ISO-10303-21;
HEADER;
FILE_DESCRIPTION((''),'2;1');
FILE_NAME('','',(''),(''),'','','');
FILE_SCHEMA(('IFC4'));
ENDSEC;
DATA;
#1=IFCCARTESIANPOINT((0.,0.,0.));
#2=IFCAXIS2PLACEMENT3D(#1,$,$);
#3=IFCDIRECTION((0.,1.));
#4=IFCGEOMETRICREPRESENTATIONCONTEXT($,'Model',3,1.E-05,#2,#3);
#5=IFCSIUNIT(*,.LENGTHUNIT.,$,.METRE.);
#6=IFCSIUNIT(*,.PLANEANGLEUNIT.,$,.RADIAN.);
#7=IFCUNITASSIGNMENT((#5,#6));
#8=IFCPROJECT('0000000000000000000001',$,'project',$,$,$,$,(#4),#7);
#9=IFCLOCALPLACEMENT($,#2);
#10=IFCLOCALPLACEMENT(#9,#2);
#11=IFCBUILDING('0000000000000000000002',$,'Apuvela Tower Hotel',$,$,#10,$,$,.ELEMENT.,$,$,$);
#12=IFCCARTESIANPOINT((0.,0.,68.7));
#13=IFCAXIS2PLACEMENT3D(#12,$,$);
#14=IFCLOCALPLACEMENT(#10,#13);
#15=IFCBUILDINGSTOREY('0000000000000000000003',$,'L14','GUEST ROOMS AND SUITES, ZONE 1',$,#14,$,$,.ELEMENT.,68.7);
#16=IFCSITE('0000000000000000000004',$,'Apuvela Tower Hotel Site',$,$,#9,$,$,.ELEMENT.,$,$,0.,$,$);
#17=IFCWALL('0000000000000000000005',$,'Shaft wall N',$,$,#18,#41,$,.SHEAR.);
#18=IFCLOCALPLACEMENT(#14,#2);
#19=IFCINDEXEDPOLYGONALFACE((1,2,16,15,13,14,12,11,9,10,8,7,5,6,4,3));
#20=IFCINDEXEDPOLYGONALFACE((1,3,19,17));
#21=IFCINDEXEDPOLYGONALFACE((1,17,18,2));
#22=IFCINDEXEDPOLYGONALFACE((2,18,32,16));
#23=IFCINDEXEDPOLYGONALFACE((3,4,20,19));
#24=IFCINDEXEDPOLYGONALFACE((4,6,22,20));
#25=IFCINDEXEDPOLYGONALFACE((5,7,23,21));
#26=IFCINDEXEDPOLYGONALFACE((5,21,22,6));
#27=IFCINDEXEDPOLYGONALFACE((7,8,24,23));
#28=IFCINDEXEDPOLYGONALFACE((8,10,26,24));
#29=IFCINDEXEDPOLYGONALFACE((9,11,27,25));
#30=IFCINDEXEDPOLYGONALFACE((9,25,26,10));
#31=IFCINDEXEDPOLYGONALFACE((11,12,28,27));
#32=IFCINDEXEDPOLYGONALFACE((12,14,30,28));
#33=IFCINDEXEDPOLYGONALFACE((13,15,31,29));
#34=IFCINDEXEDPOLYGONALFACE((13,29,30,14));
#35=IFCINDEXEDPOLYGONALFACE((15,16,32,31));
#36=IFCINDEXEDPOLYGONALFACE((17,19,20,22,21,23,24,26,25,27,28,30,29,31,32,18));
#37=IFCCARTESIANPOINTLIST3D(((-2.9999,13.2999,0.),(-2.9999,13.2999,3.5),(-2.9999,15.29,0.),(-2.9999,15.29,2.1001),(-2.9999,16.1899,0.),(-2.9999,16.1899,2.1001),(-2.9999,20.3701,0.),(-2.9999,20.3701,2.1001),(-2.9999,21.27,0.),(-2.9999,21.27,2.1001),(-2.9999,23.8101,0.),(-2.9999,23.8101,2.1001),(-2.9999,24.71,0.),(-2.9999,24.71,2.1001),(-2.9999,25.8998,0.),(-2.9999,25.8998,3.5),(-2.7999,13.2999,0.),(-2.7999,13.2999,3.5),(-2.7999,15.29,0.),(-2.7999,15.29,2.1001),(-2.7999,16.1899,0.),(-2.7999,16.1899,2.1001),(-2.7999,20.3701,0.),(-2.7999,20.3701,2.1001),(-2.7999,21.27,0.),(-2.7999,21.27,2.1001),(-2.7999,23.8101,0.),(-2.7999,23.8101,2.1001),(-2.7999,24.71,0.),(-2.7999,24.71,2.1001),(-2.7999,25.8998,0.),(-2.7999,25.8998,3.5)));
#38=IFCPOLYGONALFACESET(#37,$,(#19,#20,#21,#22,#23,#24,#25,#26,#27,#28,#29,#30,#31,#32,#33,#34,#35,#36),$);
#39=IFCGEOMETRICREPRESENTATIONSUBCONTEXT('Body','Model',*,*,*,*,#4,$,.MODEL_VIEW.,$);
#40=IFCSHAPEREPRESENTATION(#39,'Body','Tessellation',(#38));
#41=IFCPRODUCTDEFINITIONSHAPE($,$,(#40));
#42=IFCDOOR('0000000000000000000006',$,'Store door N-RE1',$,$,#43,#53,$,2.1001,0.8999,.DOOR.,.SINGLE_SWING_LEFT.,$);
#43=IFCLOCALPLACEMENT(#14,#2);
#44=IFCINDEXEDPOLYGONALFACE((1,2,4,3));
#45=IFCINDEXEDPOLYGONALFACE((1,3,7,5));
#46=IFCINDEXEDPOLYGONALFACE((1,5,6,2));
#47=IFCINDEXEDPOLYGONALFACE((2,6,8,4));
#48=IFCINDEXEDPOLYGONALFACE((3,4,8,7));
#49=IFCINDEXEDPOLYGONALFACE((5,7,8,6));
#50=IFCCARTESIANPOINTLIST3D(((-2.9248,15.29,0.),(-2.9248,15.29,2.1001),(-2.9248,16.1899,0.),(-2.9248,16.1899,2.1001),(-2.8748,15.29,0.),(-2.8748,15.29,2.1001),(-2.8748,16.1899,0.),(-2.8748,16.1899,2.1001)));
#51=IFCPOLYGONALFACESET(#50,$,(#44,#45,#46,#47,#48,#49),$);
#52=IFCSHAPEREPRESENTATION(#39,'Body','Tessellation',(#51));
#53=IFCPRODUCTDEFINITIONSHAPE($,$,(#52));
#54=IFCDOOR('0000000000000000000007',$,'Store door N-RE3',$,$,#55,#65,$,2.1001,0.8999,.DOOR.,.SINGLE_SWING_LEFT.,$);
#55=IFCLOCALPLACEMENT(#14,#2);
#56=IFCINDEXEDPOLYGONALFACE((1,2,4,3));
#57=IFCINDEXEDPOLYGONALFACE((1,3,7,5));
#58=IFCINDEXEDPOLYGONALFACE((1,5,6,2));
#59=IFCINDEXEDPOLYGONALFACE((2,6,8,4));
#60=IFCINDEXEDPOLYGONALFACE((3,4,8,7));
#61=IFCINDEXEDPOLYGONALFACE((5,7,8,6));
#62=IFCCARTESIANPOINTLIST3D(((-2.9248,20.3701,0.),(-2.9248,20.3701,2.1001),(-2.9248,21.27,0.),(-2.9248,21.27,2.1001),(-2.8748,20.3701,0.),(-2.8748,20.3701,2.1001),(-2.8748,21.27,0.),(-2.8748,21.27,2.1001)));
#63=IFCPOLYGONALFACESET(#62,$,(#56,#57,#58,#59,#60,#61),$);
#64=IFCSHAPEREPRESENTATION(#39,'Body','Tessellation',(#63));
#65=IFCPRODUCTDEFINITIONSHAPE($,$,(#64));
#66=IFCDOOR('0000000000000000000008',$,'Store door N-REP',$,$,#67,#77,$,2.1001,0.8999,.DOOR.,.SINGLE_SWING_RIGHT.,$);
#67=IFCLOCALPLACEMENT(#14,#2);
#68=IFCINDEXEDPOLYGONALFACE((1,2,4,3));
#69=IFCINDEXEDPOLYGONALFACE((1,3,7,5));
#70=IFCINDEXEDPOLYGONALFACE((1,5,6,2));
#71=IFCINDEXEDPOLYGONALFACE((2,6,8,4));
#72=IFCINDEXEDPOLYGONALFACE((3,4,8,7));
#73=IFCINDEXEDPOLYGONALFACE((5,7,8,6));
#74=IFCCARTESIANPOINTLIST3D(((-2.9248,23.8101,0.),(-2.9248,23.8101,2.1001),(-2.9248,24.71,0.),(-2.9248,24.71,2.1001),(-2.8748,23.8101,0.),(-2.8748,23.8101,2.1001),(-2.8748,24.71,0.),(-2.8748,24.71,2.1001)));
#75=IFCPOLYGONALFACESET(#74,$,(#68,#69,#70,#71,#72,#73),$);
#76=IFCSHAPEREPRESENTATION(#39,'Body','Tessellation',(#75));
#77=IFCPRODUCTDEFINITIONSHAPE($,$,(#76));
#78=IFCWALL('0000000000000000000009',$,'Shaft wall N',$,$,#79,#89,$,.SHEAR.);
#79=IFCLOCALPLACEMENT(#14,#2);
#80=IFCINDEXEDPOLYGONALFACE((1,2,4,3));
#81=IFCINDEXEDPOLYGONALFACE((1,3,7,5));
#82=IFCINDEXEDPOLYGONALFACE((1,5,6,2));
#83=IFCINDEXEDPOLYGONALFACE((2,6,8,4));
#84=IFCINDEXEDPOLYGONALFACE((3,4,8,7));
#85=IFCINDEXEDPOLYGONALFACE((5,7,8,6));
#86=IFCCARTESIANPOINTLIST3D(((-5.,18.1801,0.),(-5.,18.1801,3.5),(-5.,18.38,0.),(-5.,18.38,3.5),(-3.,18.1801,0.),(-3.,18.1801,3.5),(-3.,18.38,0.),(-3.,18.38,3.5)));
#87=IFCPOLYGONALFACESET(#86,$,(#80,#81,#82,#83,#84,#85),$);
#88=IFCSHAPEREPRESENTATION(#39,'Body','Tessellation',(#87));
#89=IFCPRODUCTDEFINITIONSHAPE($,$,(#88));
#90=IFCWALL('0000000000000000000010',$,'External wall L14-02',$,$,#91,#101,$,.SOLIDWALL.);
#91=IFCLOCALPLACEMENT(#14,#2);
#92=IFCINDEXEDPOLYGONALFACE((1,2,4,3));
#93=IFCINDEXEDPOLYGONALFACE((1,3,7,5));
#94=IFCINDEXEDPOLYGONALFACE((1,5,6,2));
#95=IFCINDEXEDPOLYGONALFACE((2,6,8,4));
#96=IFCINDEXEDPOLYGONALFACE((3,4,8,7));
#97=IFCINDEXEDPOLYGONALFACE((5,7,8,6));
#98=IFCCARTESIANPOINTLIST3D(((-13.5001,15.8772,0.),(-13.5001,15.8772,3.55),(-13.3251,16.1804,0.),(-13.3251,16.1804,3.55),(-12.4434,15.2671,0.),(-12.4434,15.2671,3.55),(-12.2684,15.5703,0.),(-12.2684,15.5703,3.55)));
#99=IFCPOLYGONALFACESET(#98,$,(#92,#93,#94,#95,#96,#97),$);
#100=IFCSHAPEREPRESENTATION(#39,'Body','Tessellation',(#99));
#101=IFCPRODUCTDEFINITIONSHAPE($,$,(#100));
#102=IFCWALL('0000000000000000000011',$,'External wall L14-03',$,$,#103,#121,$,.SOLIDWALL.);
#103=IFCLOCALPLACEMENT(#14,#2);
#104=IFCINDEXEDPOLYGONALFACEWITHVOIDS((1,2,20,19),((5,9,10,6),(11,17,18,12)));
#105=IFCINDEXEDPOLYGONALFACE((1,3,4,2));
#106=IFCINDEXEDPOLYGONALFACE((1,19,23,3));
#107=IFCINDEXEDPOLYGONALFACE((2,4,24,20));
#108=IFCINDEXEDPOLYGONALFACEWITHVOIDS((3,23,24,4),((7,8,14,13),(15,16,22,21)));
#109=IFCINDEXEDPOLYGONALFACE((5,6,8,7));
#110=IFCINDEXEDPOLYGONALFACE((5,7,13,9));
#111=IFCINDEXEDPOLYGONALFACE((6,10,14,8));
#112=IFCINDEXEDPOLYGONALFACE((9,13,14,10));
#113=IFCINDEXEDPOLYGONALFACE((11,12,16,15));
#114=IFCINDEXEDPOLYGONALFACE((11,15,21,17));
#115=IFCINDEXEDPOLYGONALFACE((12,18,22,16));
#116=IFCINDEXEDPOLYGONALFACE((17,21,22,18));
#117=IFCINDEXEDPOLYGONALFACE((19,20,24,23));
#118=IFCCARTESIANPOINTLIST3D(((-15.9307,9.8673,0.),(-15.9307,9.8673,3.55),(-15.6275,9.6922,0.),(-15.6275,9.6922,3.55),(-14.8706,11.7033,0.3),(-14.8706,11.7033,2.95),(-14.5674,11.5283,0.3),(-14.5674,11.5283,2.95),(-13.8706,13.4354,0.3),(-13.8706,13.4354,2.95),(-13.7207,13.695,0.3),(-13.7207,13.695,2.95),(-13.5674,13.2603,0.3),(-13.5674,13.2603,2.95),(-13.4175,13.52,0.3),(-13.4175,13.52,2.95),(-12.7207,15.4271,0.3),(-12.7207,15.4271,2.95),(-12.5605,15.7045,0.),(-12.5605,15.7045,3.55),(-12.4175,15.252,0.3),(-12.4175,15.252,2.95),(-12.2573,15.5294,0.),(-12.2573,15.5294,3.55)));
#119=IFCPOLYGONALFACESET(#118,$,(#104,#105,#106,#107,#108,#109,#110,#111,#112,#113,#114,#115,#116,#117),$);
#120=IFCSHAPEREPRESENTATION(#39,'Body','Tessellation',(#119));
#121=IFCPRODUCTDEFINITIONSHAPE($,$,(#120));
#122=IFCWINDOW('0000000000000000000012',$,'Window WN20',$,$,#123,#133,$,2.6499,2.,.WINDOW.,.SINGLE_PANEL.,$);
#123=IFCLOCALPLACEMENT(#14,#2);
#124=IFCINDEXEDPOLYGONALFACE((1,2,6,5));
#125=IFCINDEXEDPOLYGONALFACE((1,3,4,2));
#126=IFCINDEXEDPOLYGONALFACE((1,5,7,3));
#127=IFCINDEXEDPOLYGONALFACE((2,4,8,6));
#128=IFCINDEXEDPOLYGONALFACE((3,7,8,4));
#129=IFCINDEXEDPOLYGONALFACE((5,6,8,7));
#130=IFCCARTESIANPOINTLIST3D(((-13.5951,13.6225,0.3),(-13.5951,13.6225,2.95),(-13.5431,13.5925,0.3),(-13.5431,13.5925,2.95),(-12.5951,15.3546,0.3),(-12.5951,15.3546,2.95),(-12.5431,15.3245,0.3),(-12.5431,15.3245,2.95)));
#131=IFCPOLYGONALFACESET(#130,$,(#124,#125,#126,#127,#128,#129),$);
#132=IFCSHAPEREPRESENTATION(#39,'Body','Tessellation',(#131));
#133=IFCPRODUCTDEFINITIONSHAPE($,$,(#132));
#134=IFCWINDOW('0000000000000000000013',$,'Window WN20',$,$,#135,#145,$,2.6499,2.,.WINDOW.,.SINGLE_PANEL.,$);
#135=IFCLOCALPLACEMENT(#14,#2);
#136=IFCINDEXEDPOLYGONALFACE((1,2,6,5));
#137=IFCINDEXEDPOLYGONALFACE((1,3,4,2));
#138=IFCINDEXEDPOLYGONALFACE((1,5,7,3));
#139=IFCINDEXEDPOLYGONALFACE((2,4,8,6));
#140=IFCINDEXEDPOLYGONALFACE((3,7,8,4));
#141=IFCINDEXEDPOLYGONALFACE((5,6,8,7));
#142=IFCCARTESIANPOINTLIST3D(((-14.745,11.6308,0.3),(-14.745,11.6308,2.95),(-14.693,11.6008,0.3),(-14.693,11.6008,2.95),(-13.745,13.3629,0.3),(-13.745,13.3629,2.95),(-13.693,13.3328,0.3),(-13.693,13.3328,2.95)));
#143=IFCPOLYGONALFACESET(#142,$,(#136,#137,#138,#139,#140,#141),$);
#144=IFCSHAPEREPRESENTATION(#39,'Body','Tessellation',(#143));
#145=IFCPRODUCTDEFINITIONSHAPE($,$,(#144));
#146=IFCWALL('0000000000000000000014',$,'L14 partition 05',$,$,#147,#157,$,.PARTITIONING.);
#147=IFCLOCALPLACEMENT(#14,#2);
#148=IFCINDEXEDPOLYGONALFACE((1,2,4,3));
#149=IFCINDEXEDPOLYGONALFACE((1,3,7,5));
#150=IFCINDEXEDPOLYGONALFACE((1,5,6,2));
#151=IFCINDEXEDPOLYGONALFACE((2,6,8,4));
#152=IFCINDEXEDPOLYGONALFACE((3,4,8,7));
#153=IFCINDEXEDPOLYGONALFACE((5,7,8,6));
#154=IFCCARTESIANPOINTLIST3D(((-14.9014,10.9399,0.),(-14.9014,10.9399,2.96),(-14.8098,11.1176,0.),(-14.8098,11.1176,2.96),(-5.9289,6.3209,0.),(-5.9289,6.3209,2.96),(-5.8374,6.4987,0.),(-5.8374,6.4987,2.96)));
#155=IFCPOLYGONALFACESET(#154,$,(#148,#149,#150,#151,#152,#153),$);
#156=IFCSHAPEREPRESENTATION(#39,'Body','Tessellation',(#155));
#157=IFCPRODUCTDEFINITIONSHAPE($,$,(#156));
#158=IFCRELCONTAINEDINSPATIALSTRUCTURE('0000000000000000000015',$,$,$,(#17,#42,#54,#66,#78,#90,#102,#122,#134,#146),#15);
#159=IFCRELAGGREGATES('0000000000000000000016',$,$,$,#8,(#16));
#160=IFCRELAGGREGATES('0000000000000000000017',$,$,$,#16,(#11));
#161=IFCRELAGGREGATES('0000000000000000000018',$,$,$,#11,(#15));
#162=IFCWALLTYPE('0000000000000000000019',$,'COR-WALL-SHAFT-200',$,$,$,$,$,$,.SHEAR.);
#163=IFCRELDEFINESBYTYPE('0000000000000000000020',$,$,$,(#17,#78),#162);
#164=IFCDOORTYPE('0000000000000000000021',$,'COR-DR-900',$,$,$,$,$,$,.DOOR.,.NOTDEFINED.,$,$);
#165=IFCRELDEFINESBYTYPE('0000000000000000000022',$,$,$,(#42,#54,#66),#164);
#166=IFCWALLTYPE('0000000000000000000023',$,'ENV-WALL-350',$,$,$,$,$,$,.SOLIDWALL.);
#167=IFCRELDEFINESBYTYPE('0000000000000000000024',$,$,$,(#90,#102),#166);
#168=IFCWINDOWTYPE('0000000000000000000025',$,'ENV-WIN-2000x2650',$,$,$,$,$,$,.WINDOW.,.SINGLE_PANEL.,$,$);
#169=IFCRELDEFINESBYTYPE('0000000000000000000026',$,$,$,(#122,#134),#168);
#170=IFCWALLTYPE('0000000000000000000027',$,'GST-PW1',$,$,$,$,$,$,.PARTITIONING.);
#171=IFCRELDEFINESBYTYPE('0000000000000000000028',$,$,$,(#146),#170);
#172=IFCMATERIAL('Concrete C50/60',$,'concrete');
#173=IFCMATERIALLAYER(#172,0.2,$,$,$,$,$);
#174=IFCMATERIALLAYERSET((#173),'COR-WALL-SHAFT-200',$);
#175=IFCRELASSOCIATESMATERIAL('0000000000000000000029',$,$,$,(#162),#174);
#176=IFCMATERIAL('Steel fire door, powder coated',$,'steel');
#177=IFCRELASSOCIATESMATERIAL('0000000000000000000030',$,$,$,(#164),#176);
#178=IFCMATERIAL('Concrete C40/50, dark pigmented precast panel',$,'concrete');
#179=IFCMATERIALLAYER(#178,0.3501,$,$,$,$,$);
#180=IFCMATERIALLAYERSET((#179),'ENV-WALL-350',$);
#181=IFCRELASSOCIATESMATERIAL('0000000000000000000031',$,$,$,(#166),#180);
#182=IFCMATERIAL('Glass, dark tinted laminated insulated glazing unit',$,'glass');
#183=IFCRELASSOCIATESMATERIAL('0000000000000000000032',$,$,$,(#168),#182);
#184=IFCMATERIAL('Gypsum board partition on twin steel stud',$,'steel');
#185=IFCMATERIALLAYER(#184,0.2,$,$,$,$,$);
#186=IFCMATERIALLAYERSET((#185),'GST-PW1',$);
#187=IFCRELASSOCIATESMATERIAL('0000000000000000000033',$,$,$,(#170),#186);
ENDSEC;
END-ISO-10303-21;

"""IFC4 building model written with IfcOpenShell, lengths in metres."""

from ifc_helpers import new_model, si_unit, direction, frame, frame_2d, origin, place, context, subcontext, project, spatial, rectangle, extrude, material, layer, layer_set, type_object, element, fill, save


model = new_model("IFC4")

# Units and contexts
model_context = context("Model", 3, precision=1e-05, world=origin(), true_north=direction((0.0, 1.0)))
body_context = subcontext(model_context, "Body", "Model", "MODEL_VIEW")
ifc_project = project(units=[si_unit("LENGTHUNIT", "METRE"), si_unit("PLANEANGLEUNIT", "RADIAN")], contexts=[model_context])

# Site, building, storey
site_placement = place(None, origin())
site = spatial("IfcSite", under=ifc_project, at=site_placement, Name="Apuvela Tower Hotel Site", CompositionType="ELEMENT", RefElevation=0.0)
building_placement = place(site_placement, origin())
building = spatial("IfcBuilding", under=site, at=building_placement, Name="Apuvela Tower Hotel", CompositionType="ELEMENT")
storey_placement = place(building_placement, frame((0.0, 0.0, 68.7)))
storey = spatial("IfcBuildingStorey", under=building, at=storey_placement, Name="L14", Description="GUEST ROOMS AND SUITES, ZONE 1", CompositionType="ELEMENT", Elevation=68.7)

# Shared definitions
ifc_material_1 = material(Name="Concrete C50/60", Category="concrete")
ifc_layer_1 = layer(ifc_material_1, 0.2)
ifc_layer_set_1 = layer_set([ifc_layer_1], Name="COR-WALL-SHAFT-200")
wall_type_1 = type_object("IfcWallType", Name="COR-WALL-SHAFT-200", PredefinedType="SHEAR", material=ifc_layer_set_1)

# Wall, openings, doors
wall_1_placement = place(storey_placement, frame((-2.8999, 13.3, 0.0), z_axis=(0.0, 0.0, 1.0), x_axis=(0.0, 1.0, 0.0)))
wall_1 = element("IfcWall", 1, at=wall_1_placement, inside=storey, type_object=wall_type_1, Name="Shaft wall N", PredefinedType="SHEAR", context=body_context, shape_type="SweptSolid", body=[
    extrude(rectangle(XDim=12.5999, YDim=0.2, at=frame_2d((6.2998, 0.0))), origin(), (0.0, 0.0, 1.0), 3.5),
])
opening_1_placement = place(wall_1_placement, frame((1.99, 0.0, 0.0)))
opening_1 = element("IfcOpeningElement", 2, at=opening_1_placement, cuts=wall_1, PredefinedType="OPENING", context=body_context, shape_type="SweptSolid", body=[
    extrude(rectangle(XDim=0.8999, YDim=2.1001, at=frame_2d((0.45, 1.05))), frame((0.0, 0.1099, 0.0), z_axis=(0.0, -1.0, 0.0), x_axis=(1.0, 0.0, 0.0)), (0.0, 0.0, 1.0), 0.22),
])
opening_2_placement = place(wall_1_placement, frame((7.0701, 0.0, 0.0)))
opening_2 = element("IfcOpeningElement", 3, at=opening_2_placement, cuts=wall_1, PredefinedType="OPENING", context=body_context, shape_type="SweptSolid", body=[
    extrude(rectangle(XDim=0.8999, YDim=2.1001, at=frame_2d((0.45, 1.05))), frame((0.0, 0.1099, 0.0), z_axis=(0.0, -1.0, 0.0), x_axis=(1.0, 0.0, 0.0)), (0.0, 0.0, 1.0), 0.22),
])
opening_3_placement = place(wall_1_placement, frame((10.51, 0.0, 0.0)))
opening_3 = element("IfcOpeningElement", 4, at=opening_3_placement, cuts=wall_1, PredefinedType="OPENING", context=body_context, shape_type="SweptSolid", body=[
    extrude(rectangle(XDim=0.8999, YDim=2.1001, at=frame_2d((0.45, 1.05))), frame((0.0, 0.1099, 0.0), z_axis=(0.0, -1.0, 0.0), x_axis=(1.0, 0.0, 0.0)), (0.0, 0.0, 1.0), 0.22),
])
ifc_material_2 = material(Name="Steel fire door, powder coated", Category="steel")
door_type = type_object("IfcDoorType", Name="COR-DR-900", OperationType="NOTDEFINED", PredefinedType="DOOR", material=ifc_material_2)
door_1_placement = place(opening_1_placement, origin())
door_1 = element("IfcDoor", 5, at=door_1_placement, inside=storey, type_object=door_type, Name="Store door N-RE1", OperationType="SINGLE_SWING_LEFT", OverallHeight=2.1001, OverallWidth=0.8999, PredefinedType="DOOR", context=body_context, shape_type="SweptSolid", body=[
    extrude(rectangle(XDim=0.8999, YDim=2.1001, at=frame_2d((0.45, 1.05))), frame((0.0, 0.0249, 0.0), z_axis=(0.0, -1.0, 0.0), x_axis=(1.0, 0.0, 0.0)), (0.0, 0.0, 1.0), 0.05),
])
fill(opening_1, door_1)
door_2_placement = place(opening_2_placement, origin())
door_2 = element("IfcDoor", 6, at=door_2_placement, inside=storey, type_object=door_type, Name="Store door N-RE3", OperationType="SINGLE_SWING_LEFT", OverallHeight=2.1001, OverallWidth=0.8999, PredefinedType="DOOR", context=body_context, shape_type="SweptSolid", body=[
    extrude(rectangle(XDim=0.8999, YDim=2.1001, at=frame_2d((0.45, 1.05))), frame((0.0, 0.0249, 0.0), z_axis=(0.0, -1.0, 0.0), x_axis=(1.0, 0.0, 0.0)), (0.0, 0.0, 1.0), 0.05),
])
fill(opening_2, door_2)
door_3_placement = place(opening_3_placement, origin())
door_3 = element("IfcDoor", 7, at=door_3_placement, inside=storey, type_object=door_type, Name="Store door N-REP", OperationType="SINGLE_SWING_RIGHT", OverallHeight=2.1001, OverallWidth=0.8999, PredefinedType="DOOR", context=body_context, shape_type="SweptSolid", body=[
    extrude(rectangle(XDim=0.8999, YDim=2.1001, at=frame_2d((0.45, 1.05))), frame((0.0, 0.0249, 0.0), z_axis=(0.0, -1.0, 0.0), x_axis=(1.0, 0.0, 0.0)), (0.0, 0.0, 1.0), 0.05),
])
fill(opening_3, door_3)

# Walls
wall_2_placement = place(storey_placement, frame((-3.0, 18.28, 0.0), z_axis=(0.0, 0.0, 1.0), x_axis=(-1.0, 0.0, 0.0)))
element("IfcWall", 8, at=wall_2_placement, inside=storey, type_object=wall_type_1, Name="Shaft wall N", PredefinedType="SHEAR", context=body_context, shape_type="SweptSolid", body=[
    extrude(rectangle(XDim=2.0, YDim=0.2, at=frame_2d((1.0, 0.0))), origin(), (0.0, 0.0, 1.0), 3.5),
])
ifc_material_3 = material(Name="Concrete C40/50, dark pigmented precast panel", Category="concrete")
ifc_layer_2 = layer(ifc_material_3, 0.3501)
ifc_layer_set_2 = layer_set([ifc_layer_2], Name="ENV-WALL-350")
wall_type_2 = type_object("IfcWallType", Name="ENV-WALL-350", PredefinedType="SOLIDWALL", material=ifc_layer_set_2)
wall_3_placement = place(storey_placement, frame((-13.4126, 16.0288, 0.0), z_axis=(0.0, 0.0, 1.0), x_axis=(0.866006, -0.500034, 0.0)))
element("IfcWall", 9, at=wall_3_placement, inside=storey, type_object=wall_type_2, Name="External wall L14-02", PredefinedType="SOLIDWALL", context=body_context, shape_type="SweptSolid", body=[
    extrude(rectangle(XDim=1.2202, YDim=0.3501, at=frame_2d((0.6101, 0.0))), origin(), (0.0, 0.0, 1.0), 3.55),
])

# Wall, openings, windows
wall_4_placement = place(storey_placement, frame((-12.4089, 15.6169, 0.0), z_axis=(0.0, 0.0, 1.0), x_axis=(-0.500004, -0.866023, 0.0)))
wall_4 = element("IfcWall", 10, at=wall_4_placement, inside=storey, type_object=wall_type_2, Name="External wall L14-03", PredefinedType="SOLIDWALL", context=body_context, shape_type="SweptSolid", body=[
    extrude(rectangle(XDim=6.7402, YDim=0.3501, at=frame_2d((3.3701, 0.0))), origin(), (0.0, 0.0, 1.0), 3.55),
])
opening_4_placement = place(wall_4_placement, frame((0.3203, 0.0, 0.3)))
opening_4 = element("IfcOpeningElement", 11, at=opening_4_placement, cuts=wall_4, PredefinedType="OPENING", context=body_context, shape_type="SweptSolid", body=[
    extrude(rectangle(XDim=2.0, YDim=2.6499, at=frame_2d((1.0, 1.325))), frame((0.0, 0.1851, 0.0), z_axis=(0.0, -1.0, 0.0), x_axis=(1.0, 0.0, 0.0)), (0.0, 0.0, 1.0), 0.3701),
])
opening_5_placement = place(wall_4_placement, frame((2.6201, 0.0, 0.3)))
opening_5 = element("IfcOpeningElement", 12, at=opening_5_placement, cuts=wall_4, PredefinedType="OPENING", context=body_context, shape_type="SweptSolid", body=[
    extrude(rectangle(XDim=2.0, YDim=2.6499, at=frame_2d((1.0, 1.325))), frame((0.0, 0.1851, 0.0), z_axis=(0.0, -1.0, 0.0), x_axis=(1.0, 0.0, 0.0)), (0.0, 0.0, 1.0), 0.3701),
])
ifc_material_4 = material(Name="Glass, dark tinted laminated insulated glazing unit", Category="glass")
window_type = type_object("IfcWindowType", Name="ENV-WIN-2000x2650", PartitioningType="SINGLE_PANEL", PredefinedType="WINDOW", material=ifc_material_4)
window_1_placement = place(opening_4_placement, origin())
window_1 = element("IfcWindow", 13, at=window_1_placement, inside=storey, type_object=window_type, Name="Window WN20", OverallHeight=2.6499, OverallWidth=2.0, PartitioningType="SINGLE_PANEL", PredefinedType="WINDOW", context=body_context, shape_type="SweptSolid", body=[
    extrude(rectangle(XDim=2.0, YDim=2.6499, at=frame_2d((1.0, 1.325))), frame((0.0, 0.03, 0.0), z_axis=(0.0, -1.0, 0.0), x_axis=(1.0, 0.0, 0.0)), (0.0, 0.0, 1.0), 0.0601),
])
fill(opening_4, window_1)
window_2_placement = place(opening_5_placement, origin())
window_2 = element("IfcWindow", 14, at=window_2_placement, inside=storey, type_object=window_type, Name="Window WN20", OverallHeight=2.6499, OverallWidth=2.0, PartitioningType="SINGLE_PANEL", PredefinedType="WINDOW", context=body_context, shape_type="SweptSolid", body=[
    extrude(rectangle(XDim=2.0, YDim=2.6499, at=frame_2d((1.0, 1.325))), frame((0.0, 0.03, 0.0), z_axis=(0.0, -1.0, 0.0), x_axis=(1.0, 0.0, 0.0)), (0.0, 0.0, 1.0), 0.0601),
])
fill(opening_5, window_2)

# Wall
ifc_material_5 = material(Name="Gypsum board partition on twin steel stud", Category="steel")
ifc_layer_3 = layer(ifc_material_5, 0.2)
ifc_layer_set_3 = layer_set([ifc_layer_3], Name="GST-PW1")
wall_type_3 = type_object("IfcWallType", Name="GST-PW1", PredefinedType="PARTITIONING", material=ifc_layer_set_3)
wall_5_placement = place(storey_placement, frame((-14.8557, 11.0288, 0.0), z_axis=(0.0, 0.0, 1.0), x_axis=(0.889106, -0.457702, 0.0)))
element("IfcWall", 15, at=wall_5_placement, inside=storey, type_object=wall_type_3, Name="L14 partition 05", PredefinedType="PARTITIONING", context=body_context, shape_type="SweptSolid", body=[
    extrude(rectangle(XDim=10.0916, YDim=0.2, at=frame_2d((5.0459, 0.0))), origin(), (0.0, 0.0, 1.0), 2.96),
])

save(model, "model.ifc")
